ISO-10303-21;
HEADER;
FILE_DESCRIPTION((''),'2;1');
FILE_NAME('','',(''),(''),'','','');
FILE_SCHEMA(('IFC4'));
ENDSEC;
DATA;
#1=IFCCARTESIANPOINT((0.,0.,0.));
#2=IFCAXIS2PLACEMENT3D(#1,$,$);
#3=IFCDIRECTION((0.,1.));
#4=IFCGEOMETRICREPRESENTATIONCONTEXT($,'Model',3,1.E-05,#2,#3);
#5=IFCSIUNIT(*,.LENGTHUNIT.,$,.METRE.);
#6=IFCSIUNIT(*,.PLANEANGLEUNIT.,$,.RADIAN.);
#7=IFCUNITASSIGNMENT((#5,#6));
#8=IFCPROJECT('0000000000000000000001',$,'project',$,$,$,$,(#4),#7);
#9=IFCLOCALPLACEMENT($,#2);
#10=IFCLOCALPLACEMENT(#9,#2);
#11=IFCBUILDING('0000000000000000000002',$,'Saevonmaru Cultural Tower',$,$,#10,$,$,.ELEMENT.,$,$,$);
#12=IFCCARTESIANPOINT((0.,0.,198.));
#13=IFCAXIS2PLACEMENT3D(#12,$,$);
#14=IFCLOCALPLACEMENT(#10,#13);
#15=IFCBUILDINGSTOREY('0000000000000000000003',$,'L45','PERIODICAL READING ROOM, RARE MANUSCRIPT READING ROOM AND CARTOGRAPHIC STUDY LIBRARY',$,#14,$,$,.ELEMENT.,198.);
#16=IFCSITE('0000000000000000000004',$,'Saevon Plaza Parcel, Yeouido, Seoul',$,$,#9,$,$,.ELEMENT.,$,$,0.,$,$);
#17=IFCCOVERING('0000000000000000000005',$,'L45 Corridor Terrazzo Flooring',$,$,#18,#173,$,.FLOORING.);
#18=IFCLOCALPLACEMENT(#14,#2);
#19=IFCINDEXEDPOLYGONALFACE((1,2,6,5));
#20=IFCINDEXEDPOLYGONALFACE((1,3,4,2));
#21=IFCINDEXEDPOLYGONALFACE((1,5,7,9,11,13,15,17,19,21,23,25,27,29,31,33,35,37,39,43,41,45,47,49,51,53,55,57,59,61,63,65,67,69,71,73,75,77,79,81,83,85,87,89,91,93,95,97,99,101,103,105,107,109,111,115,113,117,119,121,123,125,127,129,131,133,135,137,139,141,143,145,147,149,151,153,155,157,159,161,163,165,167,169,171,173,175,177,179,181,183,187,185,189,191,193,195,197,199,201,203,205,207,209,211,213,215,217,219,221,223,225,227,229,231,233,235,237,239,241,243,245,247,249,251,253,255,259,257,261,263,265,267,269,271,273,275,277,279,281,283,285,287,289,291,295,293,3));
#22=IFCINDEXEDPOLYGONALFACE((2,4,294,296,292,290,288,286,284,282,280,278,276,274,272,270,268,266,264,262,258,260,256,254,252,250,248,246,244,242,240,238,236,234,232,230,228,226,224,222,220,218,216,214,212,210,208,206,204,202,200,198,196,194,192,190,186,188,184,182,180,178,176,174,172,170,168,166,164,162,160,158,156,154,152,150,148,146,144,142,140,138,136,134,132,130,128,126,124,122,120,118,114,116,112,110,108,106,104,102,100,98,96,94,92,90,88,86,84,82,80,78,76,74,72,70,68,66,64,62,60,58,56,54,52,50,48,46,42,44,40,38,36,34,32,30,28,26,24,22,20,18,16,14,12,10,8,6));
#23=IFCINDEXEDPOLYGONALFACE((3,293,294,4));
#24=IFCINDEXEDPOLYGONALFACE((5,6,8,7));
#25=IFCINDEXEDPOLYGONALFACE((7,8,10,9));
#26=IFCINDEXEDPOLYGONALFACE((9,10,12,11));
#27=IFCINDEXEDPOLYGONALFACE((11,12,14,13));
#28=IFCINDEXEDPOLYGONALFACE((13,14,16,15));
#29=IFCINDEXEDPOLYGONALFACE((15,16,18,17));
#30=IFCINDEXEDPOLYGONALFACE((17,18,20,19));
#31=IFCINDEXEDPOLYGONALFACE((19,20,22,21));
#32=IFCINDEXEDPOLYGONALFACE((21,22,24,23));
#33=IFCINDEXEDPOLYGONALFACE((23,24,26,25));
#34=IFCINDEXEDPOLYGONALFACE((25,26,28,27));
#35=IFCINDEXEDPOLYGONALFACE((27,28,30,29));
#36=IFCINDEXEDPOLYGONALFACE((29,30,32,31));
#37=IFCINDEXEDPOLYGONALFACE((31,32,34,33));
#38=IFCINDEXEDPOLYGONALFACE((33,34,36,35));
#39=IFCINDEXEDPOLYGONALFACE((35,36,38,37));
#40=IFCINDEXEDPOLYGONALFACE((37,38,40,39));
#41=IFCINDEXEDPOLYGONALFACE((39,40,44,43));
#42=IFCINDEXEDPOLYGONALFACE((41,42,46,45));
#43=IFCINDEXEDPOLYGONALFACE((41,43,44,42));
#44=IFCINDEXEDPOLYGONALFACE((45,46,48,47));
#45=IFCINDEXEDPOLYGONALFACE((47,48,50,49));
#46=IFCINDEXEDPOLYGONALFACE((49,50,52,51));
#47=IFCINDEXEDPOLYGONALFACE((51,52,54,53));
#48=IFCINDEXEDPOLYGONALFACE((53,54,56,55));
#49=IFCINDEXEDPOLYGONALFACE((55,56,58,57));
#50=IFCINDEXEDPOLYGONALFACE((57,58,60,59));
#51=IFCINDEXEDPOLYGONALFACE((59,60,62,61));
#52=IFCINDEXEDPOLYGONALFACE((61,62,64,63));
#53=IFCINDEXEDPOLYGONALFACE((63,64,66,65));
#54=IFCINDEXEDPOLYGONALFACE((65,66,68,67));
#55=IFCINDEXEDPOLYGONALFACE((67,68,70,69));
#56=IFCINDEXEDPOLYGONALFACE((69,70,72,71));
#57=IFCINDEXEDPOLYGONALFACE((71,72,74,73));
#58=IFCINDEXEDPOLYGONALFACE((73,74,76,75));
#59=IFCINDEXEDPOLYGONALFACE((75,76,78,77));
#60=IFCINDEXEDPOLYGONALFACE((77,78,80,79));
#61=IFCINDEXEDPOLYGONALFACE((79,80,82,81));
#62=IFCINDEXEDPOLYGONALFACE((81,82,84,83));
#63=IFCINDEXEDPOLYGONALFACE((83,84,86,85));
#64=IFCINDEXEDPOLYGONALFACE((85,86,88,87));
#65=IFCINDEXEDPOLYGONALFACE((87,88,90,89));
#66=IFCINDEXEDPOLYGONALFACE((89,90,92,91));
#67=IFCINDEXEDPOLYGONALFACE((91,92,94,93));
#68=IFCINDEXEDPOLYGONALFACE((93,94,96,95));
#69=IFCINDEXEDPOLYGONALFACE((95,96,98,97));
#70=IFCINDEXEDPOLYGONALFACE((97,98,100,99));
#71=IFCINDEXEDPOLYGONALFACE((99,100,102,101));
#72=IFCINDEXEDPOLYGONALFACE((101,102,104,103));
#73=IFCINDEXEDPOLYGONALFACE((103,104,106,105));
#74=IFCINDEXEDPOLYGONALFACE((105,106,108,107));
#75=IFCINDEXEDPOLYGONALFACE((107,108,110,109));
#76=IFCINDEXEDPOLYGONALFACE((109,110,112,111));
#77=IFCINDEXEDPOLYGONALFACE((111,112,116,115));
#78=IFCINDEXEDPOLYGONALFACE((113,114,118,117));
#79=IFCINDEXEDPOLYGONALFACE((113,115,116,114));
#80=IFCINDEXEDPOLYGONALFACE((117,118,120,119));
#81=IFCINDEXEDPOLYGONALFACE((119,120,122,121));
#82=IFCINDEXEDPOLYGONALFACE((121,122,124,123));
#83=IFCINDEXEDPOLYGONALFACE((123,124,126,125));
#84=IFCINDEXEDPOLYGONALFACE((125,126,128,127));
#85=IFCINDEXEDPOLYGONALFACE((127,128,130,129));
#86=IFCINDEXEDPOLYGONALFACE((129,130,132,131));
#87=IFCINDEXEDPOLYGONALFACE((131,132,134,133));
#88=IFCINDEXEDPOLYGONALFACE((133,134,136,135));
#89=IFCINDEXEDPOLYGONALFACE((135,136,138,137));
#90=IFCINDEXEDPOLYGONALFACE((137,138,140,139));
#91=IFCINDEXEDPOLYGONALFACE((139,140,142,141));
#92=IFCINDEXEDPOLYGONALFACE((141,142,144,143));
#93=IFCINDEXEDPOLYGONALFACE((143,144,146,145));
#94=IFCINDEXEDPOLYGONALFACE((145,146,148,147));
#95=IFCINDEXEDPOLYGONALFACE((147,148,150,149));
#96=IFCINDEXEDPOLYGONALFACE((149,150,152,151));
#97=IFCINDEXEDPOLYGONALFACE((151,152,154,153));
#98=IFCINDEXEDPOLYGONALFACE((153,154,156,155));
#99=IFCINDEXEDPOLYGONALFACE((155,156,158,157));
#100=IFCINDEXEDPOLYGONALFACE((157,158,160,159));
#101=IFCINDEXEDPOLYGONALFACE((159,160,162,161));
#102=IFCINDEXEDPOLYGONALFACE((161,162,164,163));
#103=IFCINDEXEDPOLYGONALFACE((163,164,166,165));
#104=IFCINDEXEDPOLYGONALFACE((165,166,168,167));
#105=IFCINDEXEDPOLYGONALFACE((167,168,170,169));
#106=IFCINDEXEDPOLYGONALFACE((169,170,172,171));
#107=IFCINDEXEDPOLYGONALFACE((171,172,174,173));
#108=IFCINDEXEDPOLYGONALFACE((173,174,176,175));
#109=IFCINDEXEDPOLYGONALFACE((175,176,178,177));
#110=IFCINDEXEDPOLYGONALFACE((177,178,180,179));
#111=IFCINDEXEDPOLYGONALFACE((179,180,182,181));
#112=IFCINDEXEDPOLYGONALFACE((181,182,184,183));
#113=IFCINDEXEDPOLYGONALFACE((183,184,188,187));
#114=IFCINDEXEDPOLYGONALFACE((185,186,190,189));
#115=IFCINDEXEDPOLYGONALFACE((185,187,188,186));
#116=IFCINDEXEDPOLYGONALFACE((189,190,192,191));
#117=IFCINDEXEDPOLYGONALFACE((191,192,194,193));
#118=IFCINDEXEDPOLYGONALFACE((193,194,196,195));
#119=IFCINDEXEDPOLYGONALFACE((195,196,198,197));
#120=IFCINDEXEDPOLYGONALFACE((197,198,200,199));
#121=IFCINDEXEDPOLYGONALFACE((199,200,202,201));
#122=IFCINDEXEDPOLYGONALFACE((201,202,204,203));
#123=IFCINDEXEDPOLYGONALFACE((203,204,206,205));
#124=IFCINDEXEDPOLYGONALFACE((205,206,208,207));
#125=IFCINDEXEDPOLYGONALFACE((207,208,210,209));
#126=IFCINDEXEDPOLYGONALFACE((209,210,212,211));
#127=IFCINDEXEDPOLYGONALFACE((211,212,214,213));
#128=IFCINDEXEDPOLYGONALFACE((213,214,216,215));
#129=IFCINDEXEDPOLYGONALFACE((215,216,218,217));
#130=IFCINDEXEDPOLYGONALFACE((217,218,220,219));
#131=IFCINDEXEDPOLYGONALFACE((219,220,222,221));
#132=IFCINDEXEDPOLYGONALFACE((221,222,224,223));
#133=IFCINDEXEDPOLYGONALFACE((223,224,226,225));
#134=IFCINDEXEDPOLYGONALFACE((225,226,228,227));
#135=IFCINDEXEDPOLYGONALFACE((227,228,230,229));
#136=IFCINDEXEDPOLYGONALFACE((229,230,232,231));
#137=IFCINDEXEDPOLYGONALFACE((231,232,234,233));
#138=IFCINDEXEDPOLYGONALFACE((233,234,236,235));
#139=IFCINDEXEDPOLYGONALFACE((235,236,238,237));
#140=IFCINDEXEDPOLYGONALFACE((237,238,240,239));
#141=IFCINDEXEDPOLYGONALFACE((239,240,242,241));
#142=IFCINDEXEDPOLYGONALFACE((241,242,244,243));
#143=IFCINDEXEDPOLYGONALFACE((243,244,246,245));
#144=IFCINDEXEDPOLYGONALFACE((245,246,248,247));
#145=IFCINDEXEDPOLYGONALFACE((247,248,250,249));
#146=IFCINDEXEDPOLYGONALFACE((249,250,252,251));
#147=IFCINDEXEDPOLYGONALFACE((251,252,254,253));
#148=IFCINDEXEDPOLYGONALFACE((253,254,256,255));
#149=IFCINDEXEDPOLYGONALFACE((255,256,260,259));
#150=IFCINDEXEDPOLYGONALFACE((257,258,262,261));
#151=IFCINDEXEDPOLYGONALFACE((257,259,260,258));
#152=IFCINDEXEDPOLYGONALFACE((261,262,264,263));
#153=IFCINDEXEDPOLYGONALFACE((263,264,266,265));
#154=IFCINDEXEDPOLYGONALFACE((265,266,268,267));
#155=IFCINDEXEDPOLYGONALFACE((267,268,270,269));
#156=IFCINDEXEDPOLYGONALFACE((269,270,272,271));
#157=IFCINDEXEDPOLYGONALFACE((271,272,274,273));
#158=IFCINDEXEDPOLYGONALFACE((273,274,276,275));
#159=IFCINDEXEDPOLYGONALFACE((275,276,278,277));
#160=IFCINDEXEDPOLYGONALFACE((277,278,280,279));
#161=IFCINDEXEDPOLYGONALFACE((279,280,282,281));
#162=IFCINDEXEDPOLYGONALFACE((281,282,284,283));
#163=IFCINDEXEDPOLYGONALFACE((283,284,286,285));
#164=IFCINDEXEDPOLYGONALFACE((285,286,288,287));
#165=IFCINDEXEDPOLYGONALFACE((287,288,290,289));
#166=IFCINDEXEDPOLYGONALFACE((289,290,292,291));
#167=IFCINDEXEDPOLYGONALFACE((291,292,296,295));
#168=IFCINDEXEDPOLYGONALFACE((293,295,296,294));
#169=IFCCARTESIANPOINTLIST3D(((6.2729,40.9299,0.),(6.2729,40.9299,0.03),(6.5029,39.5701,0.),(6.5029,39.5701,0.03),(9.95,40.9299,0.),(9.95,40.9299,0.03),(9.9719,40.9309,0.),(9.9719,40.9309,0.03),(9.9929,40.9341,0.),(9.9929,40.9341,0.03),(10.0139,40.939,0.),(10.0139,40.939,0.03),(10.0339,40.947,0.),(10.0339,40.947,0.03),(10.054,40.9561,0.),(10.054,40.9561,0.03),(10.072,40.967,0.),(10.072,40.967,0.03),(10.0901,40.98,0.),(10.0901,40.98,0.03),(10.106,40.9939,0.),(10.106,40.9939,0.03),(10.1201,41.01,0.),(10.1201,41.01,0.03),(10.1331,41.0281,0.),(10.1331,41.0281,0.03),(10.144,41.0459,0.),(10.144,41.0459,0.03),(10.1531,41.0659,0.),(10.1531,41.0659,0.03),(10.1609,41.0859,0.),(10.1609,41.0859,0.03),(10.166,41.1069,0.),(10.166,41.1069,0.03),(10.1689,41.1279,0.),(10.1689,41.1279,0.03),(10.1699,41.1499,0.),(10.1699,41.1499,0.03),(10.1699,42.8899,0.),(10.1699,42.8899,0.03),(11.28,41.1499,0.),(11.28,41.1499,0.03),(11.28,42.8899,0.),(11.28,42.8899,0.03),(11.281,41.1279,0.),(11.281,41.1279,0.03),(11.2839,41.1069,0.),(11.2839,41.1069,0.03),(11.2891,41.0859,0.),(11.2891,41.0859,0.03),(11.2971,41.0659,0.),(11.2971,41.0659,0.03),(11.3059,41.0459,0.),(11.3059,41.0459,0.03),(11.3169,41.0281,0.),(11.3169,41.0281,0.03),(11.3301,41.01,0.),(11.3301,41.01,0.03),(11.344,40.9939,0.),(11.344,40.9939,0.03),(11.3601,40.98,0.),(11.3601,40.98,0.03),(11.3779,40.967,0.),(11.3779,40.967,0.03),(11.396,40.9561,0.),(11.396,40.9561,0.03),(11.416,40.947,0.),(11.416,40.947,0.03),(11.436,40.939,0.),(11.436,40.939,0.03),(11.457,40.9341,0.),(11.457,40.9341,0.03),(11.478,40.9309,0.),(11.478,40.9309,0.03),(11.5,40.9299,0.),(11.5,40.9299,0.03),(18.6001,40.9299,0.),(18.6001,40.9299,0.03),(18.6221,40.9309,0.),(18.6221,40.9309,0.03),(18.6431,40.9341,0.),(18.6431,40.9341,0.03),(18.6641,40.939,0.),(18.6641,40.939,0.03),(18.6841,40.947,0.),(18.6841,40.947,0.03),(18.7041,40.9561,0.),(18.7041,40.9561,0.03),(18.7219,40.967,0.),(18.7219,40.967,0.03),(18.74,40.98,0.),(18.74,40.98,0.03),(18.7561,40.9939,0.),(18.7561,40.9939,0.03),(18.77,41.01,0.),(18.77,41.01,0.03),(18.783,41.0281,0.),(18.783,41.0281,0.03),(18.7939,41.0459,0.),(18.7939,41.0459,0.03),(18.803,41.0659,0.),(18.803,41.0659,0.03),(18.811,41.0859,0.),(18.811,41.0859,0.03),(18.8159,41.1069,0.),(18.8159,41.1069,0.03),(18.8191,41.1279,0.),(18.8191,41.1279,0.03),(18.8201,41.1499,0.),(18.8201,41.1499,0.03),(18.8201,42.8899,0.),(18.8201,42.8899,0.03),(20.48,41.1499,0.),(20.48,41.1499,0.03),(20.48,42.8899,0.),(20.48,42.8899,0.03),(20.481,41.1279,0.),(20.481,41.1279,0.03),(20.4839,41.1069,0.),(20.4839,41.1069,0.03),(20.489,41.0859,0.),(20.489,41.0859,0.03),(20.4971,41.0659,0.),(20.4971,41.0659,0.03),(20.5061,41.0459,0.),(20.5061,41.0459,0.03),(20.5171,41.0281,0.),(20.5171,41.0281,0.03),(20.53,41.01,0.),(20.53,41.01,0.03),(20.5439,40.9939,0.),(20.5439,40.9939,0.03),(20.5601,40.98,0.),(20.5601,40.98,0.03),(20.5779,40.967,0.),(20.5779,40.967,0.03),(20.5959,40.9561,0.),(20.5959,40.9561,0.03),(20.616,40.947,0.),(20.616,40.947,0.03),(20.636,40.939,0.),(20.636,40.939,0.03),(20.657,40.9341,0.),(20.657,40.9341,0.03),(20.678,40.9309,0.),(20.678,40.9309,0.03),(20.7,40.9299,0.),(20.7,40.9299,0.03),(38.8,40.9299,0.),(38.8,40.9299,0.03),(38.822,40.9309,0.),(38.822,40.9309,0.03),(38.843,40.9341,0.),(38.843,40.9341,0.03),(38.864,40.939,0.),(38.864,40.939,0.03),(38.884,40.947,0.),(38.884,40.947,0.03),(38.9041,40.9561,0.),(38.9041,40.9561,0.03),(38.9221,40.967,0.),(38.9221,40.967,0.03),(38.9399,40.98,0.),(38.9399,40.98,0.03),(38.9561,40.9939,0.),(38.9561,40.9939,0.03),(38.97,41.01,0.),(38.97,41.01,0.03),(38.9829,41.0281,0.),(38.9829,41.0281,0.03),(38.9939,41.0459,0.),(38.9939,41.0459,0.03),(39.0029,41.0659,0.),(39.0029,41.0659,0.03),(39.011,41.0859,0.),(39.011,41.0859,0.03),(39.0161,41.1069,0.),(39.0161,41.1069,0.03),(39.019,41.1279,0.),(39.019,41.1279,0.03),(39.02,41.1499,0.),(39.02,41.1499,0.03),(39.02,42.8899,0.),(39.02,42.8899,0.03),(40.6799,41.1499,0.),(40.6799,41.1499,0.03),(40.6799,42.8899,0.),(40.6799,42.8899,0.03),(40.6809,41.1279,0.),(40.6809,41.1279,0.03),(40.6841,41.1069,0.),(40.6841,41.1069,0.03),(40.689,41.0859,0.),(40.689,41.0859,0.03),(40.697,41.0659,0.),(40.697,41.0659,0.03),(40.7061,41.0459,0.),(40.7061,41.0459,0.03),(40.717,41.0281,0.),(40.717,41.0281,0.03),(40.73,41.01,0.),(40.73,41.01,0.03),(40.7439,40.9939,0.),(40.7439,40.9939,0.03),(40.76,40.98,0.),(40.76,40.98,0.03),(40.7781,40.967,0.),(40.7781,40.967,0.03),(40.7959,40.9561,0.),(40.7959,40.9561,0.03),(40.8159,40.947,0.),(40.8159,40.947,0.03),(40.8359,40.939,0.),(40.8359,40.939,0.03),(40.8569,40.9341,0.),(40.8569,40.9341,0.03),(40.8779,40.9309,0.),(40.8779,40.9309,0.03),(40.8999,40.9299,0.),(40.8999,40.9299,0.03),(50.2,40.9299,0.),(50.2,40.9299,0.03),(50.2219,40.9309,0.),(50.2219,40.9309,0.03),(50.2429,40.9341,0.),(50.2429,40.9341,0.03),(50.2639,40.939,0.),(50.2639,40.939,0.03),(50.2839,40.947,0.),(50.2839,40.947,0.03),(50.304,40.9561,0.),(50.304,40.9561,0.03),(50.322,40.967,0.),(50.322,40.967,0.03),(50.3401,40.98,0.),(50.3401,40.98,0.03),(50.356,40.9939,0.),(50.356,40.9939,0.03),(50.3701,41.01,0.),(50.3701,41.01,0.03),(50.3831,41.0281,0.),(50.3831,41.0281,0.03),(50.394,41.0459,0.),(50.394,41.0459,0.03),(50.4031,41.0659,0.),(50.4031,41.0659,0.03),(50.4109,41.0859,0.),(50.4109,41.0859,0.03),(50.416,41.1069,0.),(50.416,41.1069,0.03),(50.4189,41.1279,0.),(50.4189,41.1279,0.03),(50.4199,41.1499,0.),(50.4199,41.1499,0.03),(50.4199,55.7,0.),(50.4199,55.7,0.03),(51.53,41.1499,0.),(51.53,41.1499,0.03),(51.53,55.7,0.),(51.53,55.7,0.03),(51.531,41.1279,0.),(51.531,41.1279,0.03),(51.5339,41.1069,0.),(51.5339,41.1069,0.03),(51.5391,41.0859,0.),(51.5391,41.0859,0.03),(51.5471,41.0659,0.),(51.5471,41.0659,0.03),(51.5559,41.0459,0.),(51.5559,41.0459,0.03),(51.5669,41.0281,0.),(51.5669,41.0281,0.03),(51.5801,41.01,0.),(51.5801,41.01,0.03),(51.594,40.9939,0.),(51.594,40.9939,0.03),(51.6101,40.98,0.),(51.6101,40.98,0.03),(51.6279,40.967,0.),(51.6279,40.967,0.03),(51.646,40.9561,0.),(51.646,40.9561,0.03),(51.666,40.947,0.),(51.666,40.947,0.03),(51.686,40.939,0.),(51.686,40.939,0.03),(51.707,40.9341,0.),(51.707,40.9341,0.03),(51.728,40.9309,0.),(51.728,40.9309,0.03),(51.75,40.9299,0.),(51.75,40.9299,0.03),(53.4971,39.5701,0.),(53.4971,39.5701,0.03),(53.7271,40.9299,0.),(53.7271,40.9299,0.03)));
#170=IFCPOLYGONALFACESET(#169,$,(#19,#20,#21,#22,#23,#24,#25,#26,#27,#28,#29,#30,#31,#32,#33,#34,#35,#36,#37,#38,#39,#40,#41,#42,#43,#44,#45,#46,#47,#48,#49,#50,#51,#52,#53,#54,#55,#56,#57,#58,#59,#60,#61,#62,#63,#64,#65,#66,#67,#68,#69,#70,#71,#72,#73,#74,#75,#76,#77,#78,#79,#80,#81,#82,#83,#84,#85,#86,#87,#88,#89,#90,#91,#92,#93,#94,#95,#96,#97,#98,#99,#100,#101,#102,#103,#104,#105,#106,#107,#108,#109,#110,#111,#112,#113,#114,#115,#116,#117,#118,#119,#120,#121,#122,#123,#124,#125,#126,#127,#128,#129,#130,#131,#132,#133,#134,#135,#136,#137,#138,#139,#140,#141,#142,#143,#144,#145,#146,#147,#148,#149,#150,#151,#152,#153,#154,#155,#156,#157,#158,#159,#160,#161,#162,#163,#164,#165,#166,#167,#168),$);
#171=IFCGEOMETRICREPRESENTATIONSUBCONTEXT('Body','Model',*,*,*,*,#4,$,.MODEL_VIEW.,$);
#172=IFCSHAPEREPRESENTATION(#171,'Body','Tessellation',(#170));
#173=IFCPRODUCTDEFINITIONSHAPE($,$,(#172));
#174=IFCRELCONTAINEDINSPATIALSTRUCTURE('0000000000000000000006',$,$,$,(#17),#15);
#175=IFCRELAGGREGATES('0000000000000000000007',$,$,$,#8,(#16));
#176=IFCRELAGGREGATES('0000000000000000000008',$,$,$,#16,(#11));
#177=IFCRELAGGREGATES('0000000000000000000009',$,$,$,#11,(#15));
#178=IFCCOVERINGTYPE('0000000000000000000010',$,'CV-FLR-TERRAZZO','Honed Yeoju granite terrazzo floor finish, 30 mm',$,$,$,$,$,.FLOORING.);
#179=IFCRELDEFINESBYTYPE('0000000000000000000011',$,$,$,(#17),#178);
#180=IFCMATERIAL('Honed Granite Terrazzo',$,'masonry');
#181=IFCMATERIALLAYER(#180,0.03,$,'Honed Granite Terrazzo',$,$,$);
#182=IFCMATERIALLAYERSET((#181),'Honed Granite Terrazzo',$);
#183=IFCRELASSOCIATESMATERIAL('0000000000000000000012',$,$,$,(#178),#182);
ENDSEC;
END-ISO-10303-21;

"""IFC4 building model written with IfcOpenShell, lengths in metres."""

from ifc_helpers import new_model, si_unit, direction, frame, origin, place, context, subcontext, project, spatial, polyline, outline, extrude, material, layer, layer_set, type_object, element, save


model = new_model("IFC4")

# Units and contexts
model_context = context("Model", 3, precision=1e-05, world=origin(), true_north=direction((0.0, 1.0)))
body_context = subcontext(model_context, "Body", "Model", "MODEL_VIEW")
ifc_project = project(units=[si_unit("LENGTHUNIT", "METRE"), si_unit("PLANEANGLEUNIT", "RADIAN")], contexts=[model_context])

# Site, building, storey
site_placement = place(None, origin())
site = spatial("IfcSite", under=ifc_project, at=site_placement, Name="Saevon Plaza Parcel, Yeouido, Seoul", CompositionType="ELEMENT", RefElevation=0.0)
building_placement = place(site_placement, origin())
building = spatial("IfcBuilding", under=site, at=building_placement, Name="Saevonmaru Cultural Tower", CompositionType="ELEMENT")
storey_placement = place(building_placement, frame((0.0, 0.0, 198.0)))
storey = spatial("IfcBuildingStorey", under=building, at=storey_placement, Name="L45", Description="PERIODICAL READING ROOM, RARE MANUSCRIPT READING ROOM AND CARTOGRAPHIC STUDY LIBRARY", CompositionType="ELEMENT", Elevation=198.0)

# Covering
ifc_material_1 = material(Name="Honed Granite Terrazzo", Category="masonry")
ifc_layer_1 = layer(ifc_material_1, 0.03, Name="Honed Granite Terrazzo")
ifc_layer_set_1 = layer_set([ifc_layer_1], Name="Honed Granite Terrazzo")
covering_type_1 = type_object("IfcCoveringType", Name="CV-FLR-TERRAZZO", Description="Honed Yeoju granite terrazzo floor finish, 30 mm", PredefinedType="FLOORING", material=ifc_layer_set_1)
covering_1_placement = place(storey_placement, origin())
element("IfcCovering", 1, at=covering_1_placement, inside=storey, type_object=covering_type_1, Name="L45 Corridor Terrazzo Flooring", PredefinedType="FLOORING", context=body_context, shape_type="SweptSolid", body=[
    extrude(outline(polyline([(6.5029, 39.5701), (6.2729, 40.9299), (9.95, 40.9299), (9.9719, 40.9309), (9.9929, 40.9341), (10.0139, 40.939), (10.0339, 40.947), (10.054, 40.9561), (10.072, 40.967), (10.0901, 40.98), (10.106, 40.9939), (10.1201, 41.01), (10.1331, 41.0281), (10.144, 41.0459), (10.1531, 41.0659), (10.1609, 41.0859), (10.166, 41.1069), (10.1689, 41.1279), (10.1699, 41.1499), (10.1699, 42.8899), (11.28, 42.8899), (11.28, 41.1499), (11.281, 41.1279), (11.2839, 41.1069), (11.2891, 41.0859), (11.2971, 41.0659), (11.3059, 41.0459), (11.3169, 41.0281), (11.3301, 41.01), (11.344, 40.9939), (11.3601, 40.98), (11.3779, 40.967), (11.396, 40.9561), (11.416, 40.947), (11.436, 40.939), (11.457, 40.9341), (11.478, 40.9309), (11.5, 40.9299), (18.6001, 40.9299), (18.6221, 40.9309), (18.6431, 40.9341), (18.6641, 40.939), (18.6841, 40.947), (18.7041, 40.9561), (18.7219, 40.967), (18.74, 40.98), (18.7561, 40.9939), (18.77, 41.01), (18.783, 41.0281), (18.7939, 41.0459), (18.803, 41.0659), (18.811, 41.0859), (18.8159, 41.1069), (18.8191, 41.1279), (18.8201, 41.1499), (18.8201, 42.8899), (20.48, 42.8899), (20.48, 41.1499), (20.481, 41.1279), (20.4839, 41.1069), (20.489, 41.0859), (20.4971, 41.0659), (20.5061, 41.0459), (20.5171, 41.0281), (20.53, 41.01), (20.5439, 40.9939), (20.5601, 40.98), (20.5779, 40.967), (20.5959, 40.9561), (20.616, 40.947), (20.636, 40.939), (20.657, 40.9341), (20.678, 40.9309), (20.7, 40.9299), (38.8, 40.9299), (38.822, 40.9309), (38.843, 40.9341), (38.864, 40.939), (38.884, 40.947), (38.9041, 40.9561), (38.9221, 40.967), (38.9399, 40.98), (38.9561, 40.9939), (38.97, 41.01), (38.9829, 41.0281), (38.9939, 41.0459), (39.0029, 41.0659), (39.011, 41.0859), (39.0161, 41.1069), (39.019, 41.1279), (39.02, 41.1499), (39.02, 42.8899), (40.6799, 42.8899), (40.6799, 41.1499), (40.6809, 41.1279), (40.6841, 41.1069), (40.689, 41.0859), (40.697, 41.0659), (40.7061, 41.0459), (40.717, 41.0281), (40.73, 41.01), (40.7439, 40.9939), (40.76, 40.98), (40.7781, 40.967), (40.7959, 40.9561), (40.8159, 40.947), (40.8359, 40.939), (40.8569, 40.9341), (40.8779, 40.9309), (40.8999, 40.9299), (50.2, 40.9299), (50.2219, 40.9309), (50.2429, 40.9341), (50.2639, 40.939), (50.2839, 40.947), (50.304, 40.9561), (50.322, 40.967), (50.3401, 40.98), (50.356, 40.9939), (50.3701, 41.01), (50.3831, 41.0281), (50.394, 41.0459), (50.4031, 41.0659), (50.4109, 41.0859), (50.416, 41.1069), (50.4189, 41.1279), (50.4199, 41.1499), (50.4199, 55.7), (51.53, 55.7), (51.53, 41.1499), (51.531, 41.1279), (51.5339, 41.1069), (51.5391, 41.0859), (51.5471, 41.0659), (51.5559, 41.0459), (51.5669, 41.0281), (51.5801, 41.01), (51.594, 40.9939), (51.6101, 40.98), (51.6279, 40.967), (51.646, 40.9561), (51.666, 40.947), (51.686, 40.939), (51.707, 40.9341), (51.728, 40.9309), (51.75, 40.9299), (53.7271, 40.9299), (53.4971, 39.5701), (6.5029, 39.5701)])), origin(), (0.0, 0.0, 1.0), 0.03),
])

save(model, "model.ifc")
